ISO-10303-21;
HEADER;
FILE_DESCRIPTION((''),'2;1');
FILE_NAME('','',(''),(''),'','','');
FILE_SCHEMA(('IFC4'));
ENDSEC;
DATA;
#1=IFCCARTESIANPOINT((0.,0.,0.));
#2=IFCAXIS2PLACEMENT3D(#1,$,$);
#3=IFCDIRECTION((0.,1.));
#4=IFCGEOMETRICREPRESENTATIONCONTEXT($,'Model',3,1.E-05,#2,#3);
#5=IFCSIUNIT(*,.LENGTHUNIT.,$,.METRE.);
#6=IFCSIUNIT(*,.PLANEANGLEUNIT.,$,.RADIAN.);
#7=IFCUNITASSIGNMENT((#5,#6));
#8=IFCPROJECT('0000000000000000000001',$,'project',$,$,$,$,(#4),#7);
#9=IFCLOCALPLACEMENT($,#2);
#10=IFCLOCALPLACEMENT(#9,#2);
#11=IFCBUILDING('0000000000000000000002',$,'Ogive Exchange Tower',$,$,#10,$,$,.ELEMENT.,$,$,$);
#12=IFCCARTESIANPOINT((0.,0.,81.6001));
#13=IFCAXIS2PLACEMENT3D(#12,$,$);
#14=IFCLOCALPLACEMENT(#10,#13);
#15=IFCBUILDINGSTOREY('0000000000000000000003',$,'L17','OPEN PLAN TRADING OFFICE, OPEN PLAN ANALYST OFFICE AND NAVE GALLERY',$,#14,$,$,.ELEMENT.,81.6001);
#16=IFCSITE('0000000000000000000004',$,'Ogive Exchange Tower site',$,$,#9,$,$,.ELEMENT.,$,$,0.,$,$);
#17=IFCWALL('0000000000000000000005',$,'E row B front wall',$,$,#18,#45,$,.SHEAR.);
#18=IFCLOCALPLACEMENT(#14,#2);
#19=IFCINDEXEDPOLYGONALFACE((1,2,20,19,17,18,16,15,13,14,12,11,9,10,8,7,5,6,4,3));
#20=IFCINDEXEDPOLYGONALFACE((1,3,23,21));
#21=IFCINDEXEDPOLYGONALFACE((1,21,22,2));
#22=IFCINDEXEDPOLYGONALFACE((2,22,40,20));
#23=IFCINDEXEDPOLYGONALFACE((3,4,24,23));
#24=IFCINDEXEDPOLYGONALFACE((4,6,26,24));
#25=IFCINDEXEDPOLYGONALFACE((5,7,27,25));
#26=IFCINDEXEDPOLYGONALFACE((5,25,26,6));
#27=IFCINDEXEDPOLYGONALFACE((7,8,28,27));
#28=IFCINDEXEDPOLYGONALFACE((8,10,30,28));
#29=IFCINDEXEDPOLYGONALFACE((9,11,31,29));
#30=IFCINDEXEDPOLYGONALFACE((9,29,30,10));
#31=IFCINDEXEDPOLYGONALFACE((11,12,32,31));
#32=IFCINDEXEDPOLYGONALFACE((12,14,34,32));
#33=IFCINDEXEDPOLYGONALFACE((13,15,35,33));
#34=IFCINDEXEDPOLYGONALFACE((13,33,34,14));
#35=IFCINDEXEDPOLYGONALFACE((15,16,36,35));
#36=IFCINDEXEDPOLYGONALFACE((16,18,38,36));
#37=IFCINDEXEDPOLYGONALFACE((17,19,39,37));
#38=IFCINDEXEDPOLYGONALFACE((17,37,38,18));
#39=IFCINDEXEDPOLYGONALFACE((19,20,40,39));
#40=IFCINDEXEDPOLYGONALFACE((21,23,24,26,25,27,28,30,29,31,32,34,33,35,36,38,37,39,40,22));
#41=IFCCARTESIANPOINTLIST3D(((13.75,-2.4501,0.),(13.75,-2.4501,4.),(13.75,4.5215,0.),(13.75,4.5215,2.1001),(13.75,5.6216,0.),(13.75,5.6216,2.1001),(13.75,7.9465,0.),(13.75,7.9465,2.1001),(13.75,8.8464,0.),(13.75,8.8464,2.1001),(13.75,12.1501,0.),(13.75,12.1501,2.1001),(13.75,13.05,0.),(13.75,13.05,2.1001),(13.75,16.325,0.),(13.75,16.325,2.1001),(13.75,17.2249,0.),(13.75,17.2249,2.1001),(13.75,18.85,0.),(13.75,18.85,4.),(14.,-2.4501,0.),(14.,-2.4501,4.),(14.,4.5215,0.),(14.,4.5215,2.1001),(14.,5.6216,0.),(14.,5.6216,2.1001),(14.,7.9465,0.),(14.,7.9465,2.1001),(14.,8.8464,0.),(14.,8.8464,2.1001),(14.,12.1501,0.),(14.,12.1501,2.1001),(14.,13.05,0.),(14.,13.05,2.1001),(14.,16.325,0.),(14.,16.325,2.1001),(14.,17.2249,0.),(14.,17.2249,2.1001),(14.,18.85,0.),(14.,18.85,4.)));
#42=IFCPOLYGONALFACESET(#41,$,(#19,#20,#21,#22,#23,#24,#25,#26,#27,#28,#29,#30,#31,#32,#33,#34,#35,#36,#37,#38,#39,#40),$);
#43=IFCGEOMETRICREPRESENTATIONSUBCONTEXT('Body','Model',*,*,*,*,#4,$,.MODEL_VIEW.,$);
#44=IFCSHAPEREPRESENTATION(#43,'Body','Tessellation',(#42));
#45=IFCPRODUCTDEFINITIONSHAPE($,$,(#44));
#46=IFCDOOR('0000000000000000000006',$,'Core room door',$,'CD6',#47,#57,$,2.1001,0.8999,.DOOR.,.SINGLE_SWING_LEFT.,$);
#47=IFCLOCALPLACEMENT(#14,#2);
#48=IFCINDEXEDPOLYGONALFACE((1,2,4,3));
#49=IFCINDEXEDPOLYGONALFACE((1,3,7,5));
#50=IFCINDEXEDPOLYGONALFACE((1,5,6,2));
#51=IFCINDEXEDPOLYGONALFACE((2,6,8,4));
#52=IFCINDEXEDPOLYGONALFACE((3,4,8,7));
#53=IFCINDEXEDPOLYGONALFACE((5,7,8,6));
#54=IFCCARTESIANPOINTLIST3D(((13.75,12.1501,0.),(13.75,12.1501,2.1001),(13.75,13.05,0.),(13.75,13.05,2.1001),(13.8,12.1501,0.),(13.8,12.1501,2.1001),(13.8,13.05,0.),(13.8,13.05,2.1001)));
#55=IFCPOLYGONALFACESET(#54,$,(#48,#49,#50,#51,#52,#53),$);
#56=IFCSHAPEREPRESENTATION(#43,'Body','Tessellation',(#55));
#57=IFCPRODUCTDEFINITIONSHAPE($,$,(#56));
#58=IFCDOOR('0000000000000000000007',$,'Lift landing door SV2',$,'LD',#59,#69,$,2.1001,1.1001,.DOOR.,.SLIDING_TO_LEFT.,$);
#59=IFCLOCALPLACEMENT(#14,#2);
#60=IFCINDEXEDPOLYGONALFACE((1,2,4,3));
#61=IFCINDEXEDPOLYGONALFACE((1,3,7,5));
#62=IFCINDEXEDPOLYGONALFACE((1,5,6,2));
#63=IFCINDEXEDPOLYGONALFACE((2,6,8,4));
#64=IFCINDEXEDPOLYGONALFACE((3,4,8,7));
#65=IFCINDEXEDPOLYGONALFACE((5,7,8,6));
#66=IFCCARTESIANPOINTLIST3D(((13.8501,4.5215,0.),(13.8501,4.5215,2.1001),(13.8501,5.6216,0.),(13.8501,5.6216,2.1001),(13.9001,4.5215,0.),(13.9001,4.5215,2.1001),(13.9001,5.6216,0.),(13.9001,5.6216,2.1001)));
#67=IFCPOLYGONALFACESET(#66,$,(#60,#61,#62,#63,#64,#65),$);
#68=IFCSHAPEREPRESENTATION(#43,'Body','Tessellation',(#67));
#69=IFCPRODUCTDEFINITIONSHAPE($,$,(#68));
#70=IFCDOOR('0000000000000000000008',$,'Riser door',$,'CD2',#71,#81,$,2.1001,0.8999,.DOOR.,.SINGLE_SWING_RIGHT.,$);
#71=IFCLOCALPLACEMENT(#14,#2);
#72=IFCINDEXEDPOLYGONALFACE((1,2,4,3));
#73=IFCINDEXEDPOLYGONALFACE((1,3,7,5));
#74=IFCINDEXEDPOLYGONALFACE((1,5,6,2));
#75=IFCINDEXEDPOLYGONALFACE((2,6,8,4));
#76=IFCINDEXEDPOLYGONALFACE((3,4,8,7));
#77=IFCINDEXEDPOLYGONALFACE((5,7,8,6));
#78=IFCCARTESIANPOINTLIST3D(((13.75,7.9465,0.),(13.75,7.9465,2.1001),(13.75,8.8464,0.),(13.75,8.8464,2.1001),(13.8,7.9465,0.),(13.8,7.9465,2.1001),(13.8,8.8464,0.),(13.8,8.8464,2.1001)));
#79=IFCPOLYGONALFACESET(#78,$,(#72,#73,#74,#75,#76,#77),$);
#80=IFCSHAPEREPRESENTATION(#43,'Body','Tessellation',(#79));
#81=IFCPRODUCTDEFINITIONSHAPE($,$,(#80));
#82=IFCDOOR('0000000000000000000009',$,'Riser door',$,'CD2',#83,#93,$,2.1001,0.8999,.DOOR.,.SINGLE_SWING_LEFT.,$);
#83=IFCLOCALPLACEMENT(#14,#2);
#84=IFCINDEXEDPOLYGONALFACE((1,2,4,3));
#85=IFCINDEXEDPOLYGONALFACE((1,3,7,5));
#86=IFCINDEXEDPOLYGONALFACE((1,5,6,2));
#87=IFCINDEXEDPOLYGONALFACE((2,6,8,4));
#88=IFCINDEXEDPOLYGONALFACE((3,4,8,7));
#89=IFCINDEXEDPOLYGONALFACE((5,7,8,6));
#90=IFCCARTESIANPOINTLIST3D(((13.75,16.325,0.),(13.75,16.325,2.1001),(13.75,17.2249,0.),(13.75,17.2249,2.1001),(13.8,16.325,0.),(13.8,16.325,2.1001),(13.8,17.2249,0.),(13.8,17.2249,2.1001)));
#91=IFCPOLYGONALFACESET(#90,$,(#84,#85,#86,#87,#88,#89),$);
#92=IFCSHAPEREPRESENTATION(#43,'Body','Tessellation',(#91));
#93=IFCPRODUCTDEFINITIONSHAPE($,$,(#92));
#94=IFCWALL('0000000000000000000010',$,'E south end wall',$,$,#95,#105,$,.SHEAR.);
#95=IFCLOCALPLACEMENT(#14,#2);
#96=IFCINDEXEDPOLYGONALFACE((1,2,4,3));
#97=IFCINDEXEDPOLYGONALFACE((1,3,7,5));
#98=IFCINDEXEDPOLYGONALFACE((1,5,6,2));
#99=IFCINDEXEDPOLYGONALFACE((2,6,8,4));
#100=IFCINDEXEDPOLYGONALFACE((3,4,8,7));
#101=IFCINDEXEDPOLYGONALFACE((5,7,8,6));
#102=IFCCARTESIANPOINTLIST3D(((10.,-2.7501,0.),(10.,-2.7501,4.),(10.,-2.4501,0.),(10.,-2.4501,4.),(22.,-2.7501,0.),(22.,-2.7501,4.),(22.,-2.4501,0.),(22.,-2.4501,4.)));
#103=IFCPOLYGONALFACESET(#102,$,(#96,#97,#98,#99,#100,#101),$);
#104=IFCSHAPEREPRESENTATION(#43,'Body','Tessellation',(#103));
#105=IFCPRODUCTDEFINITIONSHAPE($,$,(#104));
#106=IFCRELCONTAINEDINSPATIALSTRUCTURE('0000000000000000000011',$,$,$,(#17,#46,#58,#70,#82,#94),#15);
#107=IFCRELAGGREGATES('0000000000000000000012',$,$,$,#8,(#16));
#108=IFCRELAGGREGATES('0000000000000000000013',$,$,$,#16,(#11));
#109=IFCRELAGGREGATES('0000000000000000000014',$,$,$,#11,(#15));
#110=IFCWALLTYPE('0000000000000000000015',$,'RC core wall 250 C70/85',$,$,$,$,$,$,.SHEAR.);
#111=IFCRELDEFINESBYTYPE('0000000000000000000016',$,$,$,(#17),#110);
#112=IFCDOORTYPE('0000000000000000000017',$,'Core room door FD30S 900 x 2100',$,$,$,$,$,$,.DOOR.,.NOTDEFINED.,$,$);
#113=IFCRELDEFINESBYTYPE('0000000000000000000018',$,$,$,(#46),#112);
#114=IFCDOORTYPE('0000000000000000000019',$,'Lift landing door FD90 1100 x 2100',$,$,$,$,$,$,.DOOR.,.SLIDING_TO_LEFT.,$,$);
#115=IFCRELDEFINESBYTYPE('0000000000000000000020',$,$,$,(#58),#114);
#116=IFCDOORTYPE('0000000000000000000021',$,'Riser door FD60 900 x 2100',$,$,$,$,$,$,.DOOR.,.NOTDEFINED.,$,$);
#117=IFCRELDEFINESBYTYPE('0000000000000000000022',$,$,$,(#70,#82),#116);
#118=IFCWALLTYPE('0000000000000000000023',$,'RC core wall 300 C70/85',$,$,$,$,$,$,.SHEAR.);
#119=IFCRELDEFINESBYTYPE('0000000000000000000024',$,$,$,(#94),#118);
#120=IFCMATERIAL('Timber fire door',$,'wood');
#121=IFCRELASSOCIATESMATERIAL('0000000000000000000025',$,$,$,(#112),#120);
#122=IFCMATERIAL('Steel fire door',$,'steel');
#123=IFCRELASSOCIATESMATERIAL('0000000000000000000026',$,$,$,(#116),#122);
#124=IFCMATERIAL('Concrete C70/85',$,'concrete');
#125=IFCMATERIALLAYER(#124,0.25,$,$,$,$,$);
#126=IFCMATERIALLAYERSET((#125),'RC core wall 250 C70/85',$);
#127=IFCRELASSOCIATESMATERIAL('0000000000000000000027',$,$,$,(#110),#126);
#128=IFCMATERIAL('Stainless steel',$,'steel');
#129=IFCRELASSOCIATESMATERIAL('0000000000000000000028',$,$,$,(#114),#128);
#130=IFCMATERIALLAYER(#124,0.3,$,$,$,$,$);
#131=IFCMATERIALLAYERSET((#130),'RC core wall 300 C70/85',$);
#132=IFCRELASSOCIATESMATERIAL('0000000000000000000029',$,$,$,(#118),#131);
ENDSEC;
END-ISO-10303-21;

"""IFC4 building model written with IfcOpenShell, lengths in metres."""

from ifc_helpers import new_model, si_unit, direction, frame, frame_2d, origin, place, context, subcontext, project, spatial, rectangle, extrude, material, layer, layer_set, type_object, element, fill, save


model = new_model("IFC4")

# Units and contexts
model_context = context("Model", 3, precision=1e-05, world=origin(), true_north=direction((0.0, 1.0)))
body_context = subcontext(model_context, "Body", "Model", "MODEL_VIEW")
ifc_project = project(units=[si_unit("LENGTHUNIT", "METRE"), si_unit("PLANEANGLEUNIT", "RADIAN")], contexts=[model_context])

# Site, building, storey
site_placement = place(None, origin())
site = spatial("IfcSite", under=ifc_project, at=site_placement, Name="Ogive Exchange Tower site", CompositionType="ELEMENT", RefElevation=0.0)
building_placement = place(site_placement, origin())
building = spatial("IfcBuilding", under=site, at=building_placement, Name="Ogive Exchange Tower", CompositionType="ELEMENT")
storey_placement = place(building_placement, frame((0.0, 0.0, 81.6001)))
storey = spatial("IfcBuildingStorey", under=building, at=storey_placement, Name="L17", Description="OPEN PLAN TRADING OFFICE, OPEN PLAN ANALYST OFFICE AND NAVE GALLERY", CompositionType="ELEMENT", Elevation=81.6001)

# Shared definitions
ifc_material_1 = material(Name="Concrete C70/85", Category="concrete")

# Shared definitions
ifc_material_2 = material(Name="Timber fire door", Category="wood")
door_type_1 = type_object("IfcDoorType", Name="Core room door FD30S 900 x 2100", OperationType="NOTDEFINED", PredefinedType="DOOR", material=ifc_material_2)
ifc_material_3 = material(Name="Steel fire door", Category="steel")
door_type_2 = type_object("IfcDoorType", Name="Riser door FD60 900 x 2100", OperationType="NOTDEFINED", PredefinedType="DOOR", material=ifc_material_3)

# Shared definitions
ifc_layer_1 = layer(ifc_material_1, 0.25)
ifc_layer_set_1 = layer_set([ifc_layer_1], Name="RC core wall 250 C70/85")
wall_type_1 = type_object("IfcWallType", Name="RC core wall 250 C70/85", PredefinedType="SHEAR", material=ifc_layer_set_1)

# Wall, openings, doors
wall_1_placement = place(storey_placement, frame((13.875, -2.45, 0.0), z_axis=(0.0, 0.0, 1.0), x_axis=(0.0, 1.0, 0.0)))
wall_1 = element("IfcWall", 1, at=wall_1_placement, inside=storey, type_object=wall_type_1, Name="E row B front wall", PredefinedType="SHEAR", context=body_context, shape_type="SweptSolid", body=[
    extrude(rectangle(XDim=21.3, YDim=0.25, at=frame_2d((10.6499, 0.0))), origin(), (0.0, 0.0, 1.0), 4.0),
])
opening_1_placement = place(wall_1_placement, frame((10.3965, 0.0, 0.0)))
opening_1 = element("IfcOpeningElement", 2, at=opening_1_placement, cuts=wall_1, PredefinedType="OPENING", context=body_context, shape_type="SweptSolid", body=[
    extrude(rectangle(XDim=0.8999, YDim=2.1001, at=frame_2d((0.45, 1.05))), frame((0.0, 0.135, 0.0), z_axis=(0.0, -1.0, 0.0), x_axis=(1.0, 0.0, 0.0)), (0.0, 0.0, 1.0), 0.27),
])
opening_2_placement = place(wall_1_placement, frame((14.6001, 0.0, 0.0)))
opening_2 = element("IfcOpeningElement", 3, at=opening_2_placement, cuts=wall_1, PredefinedType="OPENING", context=body_context, shape_type="SweptSolid", body=[
    extrude(rectangle(XDim=0.8999, YDim=2.1001, at=frame_2d((0.45, 1.05))), frame((0.0, 0.135, 0.0), z_axis=(0.0, -1.0, 0.0), x_axis=(1.0, 0.0, 0.0)), (0.0, 0.0, 1.0), 0.27),
])
opening_3_placement = place(wall_1_placement, frame((18.7749, 0.0, 0.0)))
opening_3 = element("IfcOpeningElement", 4, at=opening_3_placement, cuts=wall_1, PredefinedType="OPENING", context=body_context, shape_type="SweptSolid", body=[
    extrude(rectangle(XDim=0.8999, YDim=2.1001, at=frame_2d((0.45, 1.05))), frame((0.0, 0.135, 0.0), z_axis=(0.0, -1.0, 0.0), x_axis=(1.0, 0.0, 0.0)), (0.0, 0.0, 1.0), 0.27),
])
opening_4_placement = place(wall_1_placement, frame((6.9714, 0.0, 0.0)))
opening_4 = element("IfcOpeningElement", 5, at=opening_4_placement, cuts=wall_1, PredefinedType="OPENING", context=body_context, shape_type="SweptSolid", body=[
    extrude(rectangle(XDim=1.1001, YDim=2.1001, at=frame_2d((0.55, 1.05))), frame((0.0, 0.135, 0.0), z_axis=(0.0, -1.0, 0.0), x_axis=(1.0, 0.0, 0.0)), (0.0, 0.0, 1.0), 0.27),
])
door_1_placement = place(opening_2_placement, origin())
door_1 = element("IfcDoor", 6, at=door_1_placement, inside=storey, type_object=door_type_1, Name="Core room door", ObjectType="CD6", OperationType="SINGLE_SWING_LEFT", OverallHeight=2.1001, OverallWidth=0.8999, PredefinedType="DOOR", context=body_context, shape_type="SweptSolid", body=[
    extrude(rectangle(XDim=0.8999, YDim=2.1001, at=frame_2d((0.45, 1.05))), frame((0.0, 0.125, 0.0), z_axis=(0.0, -1.0, 0.0), x_axis=(1.0, 0.0, 0.0)), (0.0, 0.0, 1.0), 0.05),
])
fill(opening_2, door_1)
ifc_material_4 = material(Name="Stainless steel", Category="steel")
door_type_3 = type_object("IfcDoorType", Name="Lift landing door FD90 1100 x 2100", OperationType="SLIDING_TO_LEFT", PredefinedType="DOOR", material=ifc_material_4)
door_2_placement = place(opening_4_placement, origin())
door_2 = element("IfcDoor", 7, at=door_2_placement, inside=storey, type_object=door_type_3, Name="Lift landing door SV2", ObjectType="LD", OperationType="SLIDING_TO_LEFT", OverallHeight=2.1001, OverallWidth=1.1001, PredefinedType="DOOR", context=body_context, shape_type="SweptSolid", body=[
    extrude(rectangle(XDim=1.1001, YDim=2.1001, at=frame_2d((0.55, 1.05))), frame((0.0, 0.0249, 0.0), z_axis=(0.0, -1.0, 0.0), x_axis=(1.0, 0.0, 0.0)), (0.0, 0.0, 1.0), 0.05),
])
fill(opening_4, door_2)
door_3_placement = place(opening_1_placement, origin())
door_3 = element("IfcDoor", 8, at=door_3_placement, inside=storey, type_object=door_type_2, Name="Riser door", ObjectType="CD2", OperationType="SINGLE_SWING_RIGHT", OverallHeight=2.1001, OverallWidth=0.8999, PredefinedType="DOOR", context=body_context, shape_type="SweptSolid", body=[
    extrude(rectangle(XDim=0.8999, YDim=2.1001, at=frame_2d((0.45, 1.05))), frame((0.0, 0.125, 0.0), z_axis=(0.0, -1.0, 0.0), x_axis=(1.0, 0.0, 0.0)), (0.0, 0.0, 1.0), 0.05),
])
fill(opening_1, door_3)
door_4_placement = place(opening_3_placement, origin())
door_4 = element("IfcDoor", 9, at=door_4_placement, inside=storey, type_object=door_type_2, Name="Riser door", ObjectType="CD2", OperationType="SINGLE_SWING_LEFT", OverallHeight=2.1001, OverallWidth=0.8999, PredefinedType="DOOR", context=body_context, shape_type="SweptSolid", body=[
    extrude(rectangle(XDim=0.8999, YDim=2.1001, at=frame_2d((0.45, 1.05))), frame((0.0, 0.125, 0.0), z_axis=(0.0, -1.0, 0.0), x_axis=(1.0, 0.0, 0.0)), (0.0, 0.0, 1.0), 0.05),
])
fill(opening_3, door_4)

# Wall
ifc_layer_2 = layer(ifc_material_1, 0.3)
ifc_layer_set_2 = layer_set([ifc_layer_2], Name="RC core wall 300 C70/85")
wall_type_2 = type_object("IfcWallType", Name="RC core wall 300 C70/85", PredefinedType="SHEAR", material=ifc_layer_set_2)
wall_2_placement = place(storey_placement, frame((10.0, -2.6001, 0.0), z_axis=(0.0, 0.0, 1.0), x_axis=(1.0, 0.0, 0.0)))
element("IfcWall", 10, at=wall_2_placement, inside=storey, type_object=wall_type_2, Name="E south end wall", PredefinedType="SHEAR", context=body_context, shape_type="SweptSolid", body=[
    extrude(rectangle(XDim=12.0, YDim=0.3, at=frame_2d((6.0, 0.0))), origin(), (0.0, 0.0, 1.0), 4.0),
])

save(model, "model.ifc")
